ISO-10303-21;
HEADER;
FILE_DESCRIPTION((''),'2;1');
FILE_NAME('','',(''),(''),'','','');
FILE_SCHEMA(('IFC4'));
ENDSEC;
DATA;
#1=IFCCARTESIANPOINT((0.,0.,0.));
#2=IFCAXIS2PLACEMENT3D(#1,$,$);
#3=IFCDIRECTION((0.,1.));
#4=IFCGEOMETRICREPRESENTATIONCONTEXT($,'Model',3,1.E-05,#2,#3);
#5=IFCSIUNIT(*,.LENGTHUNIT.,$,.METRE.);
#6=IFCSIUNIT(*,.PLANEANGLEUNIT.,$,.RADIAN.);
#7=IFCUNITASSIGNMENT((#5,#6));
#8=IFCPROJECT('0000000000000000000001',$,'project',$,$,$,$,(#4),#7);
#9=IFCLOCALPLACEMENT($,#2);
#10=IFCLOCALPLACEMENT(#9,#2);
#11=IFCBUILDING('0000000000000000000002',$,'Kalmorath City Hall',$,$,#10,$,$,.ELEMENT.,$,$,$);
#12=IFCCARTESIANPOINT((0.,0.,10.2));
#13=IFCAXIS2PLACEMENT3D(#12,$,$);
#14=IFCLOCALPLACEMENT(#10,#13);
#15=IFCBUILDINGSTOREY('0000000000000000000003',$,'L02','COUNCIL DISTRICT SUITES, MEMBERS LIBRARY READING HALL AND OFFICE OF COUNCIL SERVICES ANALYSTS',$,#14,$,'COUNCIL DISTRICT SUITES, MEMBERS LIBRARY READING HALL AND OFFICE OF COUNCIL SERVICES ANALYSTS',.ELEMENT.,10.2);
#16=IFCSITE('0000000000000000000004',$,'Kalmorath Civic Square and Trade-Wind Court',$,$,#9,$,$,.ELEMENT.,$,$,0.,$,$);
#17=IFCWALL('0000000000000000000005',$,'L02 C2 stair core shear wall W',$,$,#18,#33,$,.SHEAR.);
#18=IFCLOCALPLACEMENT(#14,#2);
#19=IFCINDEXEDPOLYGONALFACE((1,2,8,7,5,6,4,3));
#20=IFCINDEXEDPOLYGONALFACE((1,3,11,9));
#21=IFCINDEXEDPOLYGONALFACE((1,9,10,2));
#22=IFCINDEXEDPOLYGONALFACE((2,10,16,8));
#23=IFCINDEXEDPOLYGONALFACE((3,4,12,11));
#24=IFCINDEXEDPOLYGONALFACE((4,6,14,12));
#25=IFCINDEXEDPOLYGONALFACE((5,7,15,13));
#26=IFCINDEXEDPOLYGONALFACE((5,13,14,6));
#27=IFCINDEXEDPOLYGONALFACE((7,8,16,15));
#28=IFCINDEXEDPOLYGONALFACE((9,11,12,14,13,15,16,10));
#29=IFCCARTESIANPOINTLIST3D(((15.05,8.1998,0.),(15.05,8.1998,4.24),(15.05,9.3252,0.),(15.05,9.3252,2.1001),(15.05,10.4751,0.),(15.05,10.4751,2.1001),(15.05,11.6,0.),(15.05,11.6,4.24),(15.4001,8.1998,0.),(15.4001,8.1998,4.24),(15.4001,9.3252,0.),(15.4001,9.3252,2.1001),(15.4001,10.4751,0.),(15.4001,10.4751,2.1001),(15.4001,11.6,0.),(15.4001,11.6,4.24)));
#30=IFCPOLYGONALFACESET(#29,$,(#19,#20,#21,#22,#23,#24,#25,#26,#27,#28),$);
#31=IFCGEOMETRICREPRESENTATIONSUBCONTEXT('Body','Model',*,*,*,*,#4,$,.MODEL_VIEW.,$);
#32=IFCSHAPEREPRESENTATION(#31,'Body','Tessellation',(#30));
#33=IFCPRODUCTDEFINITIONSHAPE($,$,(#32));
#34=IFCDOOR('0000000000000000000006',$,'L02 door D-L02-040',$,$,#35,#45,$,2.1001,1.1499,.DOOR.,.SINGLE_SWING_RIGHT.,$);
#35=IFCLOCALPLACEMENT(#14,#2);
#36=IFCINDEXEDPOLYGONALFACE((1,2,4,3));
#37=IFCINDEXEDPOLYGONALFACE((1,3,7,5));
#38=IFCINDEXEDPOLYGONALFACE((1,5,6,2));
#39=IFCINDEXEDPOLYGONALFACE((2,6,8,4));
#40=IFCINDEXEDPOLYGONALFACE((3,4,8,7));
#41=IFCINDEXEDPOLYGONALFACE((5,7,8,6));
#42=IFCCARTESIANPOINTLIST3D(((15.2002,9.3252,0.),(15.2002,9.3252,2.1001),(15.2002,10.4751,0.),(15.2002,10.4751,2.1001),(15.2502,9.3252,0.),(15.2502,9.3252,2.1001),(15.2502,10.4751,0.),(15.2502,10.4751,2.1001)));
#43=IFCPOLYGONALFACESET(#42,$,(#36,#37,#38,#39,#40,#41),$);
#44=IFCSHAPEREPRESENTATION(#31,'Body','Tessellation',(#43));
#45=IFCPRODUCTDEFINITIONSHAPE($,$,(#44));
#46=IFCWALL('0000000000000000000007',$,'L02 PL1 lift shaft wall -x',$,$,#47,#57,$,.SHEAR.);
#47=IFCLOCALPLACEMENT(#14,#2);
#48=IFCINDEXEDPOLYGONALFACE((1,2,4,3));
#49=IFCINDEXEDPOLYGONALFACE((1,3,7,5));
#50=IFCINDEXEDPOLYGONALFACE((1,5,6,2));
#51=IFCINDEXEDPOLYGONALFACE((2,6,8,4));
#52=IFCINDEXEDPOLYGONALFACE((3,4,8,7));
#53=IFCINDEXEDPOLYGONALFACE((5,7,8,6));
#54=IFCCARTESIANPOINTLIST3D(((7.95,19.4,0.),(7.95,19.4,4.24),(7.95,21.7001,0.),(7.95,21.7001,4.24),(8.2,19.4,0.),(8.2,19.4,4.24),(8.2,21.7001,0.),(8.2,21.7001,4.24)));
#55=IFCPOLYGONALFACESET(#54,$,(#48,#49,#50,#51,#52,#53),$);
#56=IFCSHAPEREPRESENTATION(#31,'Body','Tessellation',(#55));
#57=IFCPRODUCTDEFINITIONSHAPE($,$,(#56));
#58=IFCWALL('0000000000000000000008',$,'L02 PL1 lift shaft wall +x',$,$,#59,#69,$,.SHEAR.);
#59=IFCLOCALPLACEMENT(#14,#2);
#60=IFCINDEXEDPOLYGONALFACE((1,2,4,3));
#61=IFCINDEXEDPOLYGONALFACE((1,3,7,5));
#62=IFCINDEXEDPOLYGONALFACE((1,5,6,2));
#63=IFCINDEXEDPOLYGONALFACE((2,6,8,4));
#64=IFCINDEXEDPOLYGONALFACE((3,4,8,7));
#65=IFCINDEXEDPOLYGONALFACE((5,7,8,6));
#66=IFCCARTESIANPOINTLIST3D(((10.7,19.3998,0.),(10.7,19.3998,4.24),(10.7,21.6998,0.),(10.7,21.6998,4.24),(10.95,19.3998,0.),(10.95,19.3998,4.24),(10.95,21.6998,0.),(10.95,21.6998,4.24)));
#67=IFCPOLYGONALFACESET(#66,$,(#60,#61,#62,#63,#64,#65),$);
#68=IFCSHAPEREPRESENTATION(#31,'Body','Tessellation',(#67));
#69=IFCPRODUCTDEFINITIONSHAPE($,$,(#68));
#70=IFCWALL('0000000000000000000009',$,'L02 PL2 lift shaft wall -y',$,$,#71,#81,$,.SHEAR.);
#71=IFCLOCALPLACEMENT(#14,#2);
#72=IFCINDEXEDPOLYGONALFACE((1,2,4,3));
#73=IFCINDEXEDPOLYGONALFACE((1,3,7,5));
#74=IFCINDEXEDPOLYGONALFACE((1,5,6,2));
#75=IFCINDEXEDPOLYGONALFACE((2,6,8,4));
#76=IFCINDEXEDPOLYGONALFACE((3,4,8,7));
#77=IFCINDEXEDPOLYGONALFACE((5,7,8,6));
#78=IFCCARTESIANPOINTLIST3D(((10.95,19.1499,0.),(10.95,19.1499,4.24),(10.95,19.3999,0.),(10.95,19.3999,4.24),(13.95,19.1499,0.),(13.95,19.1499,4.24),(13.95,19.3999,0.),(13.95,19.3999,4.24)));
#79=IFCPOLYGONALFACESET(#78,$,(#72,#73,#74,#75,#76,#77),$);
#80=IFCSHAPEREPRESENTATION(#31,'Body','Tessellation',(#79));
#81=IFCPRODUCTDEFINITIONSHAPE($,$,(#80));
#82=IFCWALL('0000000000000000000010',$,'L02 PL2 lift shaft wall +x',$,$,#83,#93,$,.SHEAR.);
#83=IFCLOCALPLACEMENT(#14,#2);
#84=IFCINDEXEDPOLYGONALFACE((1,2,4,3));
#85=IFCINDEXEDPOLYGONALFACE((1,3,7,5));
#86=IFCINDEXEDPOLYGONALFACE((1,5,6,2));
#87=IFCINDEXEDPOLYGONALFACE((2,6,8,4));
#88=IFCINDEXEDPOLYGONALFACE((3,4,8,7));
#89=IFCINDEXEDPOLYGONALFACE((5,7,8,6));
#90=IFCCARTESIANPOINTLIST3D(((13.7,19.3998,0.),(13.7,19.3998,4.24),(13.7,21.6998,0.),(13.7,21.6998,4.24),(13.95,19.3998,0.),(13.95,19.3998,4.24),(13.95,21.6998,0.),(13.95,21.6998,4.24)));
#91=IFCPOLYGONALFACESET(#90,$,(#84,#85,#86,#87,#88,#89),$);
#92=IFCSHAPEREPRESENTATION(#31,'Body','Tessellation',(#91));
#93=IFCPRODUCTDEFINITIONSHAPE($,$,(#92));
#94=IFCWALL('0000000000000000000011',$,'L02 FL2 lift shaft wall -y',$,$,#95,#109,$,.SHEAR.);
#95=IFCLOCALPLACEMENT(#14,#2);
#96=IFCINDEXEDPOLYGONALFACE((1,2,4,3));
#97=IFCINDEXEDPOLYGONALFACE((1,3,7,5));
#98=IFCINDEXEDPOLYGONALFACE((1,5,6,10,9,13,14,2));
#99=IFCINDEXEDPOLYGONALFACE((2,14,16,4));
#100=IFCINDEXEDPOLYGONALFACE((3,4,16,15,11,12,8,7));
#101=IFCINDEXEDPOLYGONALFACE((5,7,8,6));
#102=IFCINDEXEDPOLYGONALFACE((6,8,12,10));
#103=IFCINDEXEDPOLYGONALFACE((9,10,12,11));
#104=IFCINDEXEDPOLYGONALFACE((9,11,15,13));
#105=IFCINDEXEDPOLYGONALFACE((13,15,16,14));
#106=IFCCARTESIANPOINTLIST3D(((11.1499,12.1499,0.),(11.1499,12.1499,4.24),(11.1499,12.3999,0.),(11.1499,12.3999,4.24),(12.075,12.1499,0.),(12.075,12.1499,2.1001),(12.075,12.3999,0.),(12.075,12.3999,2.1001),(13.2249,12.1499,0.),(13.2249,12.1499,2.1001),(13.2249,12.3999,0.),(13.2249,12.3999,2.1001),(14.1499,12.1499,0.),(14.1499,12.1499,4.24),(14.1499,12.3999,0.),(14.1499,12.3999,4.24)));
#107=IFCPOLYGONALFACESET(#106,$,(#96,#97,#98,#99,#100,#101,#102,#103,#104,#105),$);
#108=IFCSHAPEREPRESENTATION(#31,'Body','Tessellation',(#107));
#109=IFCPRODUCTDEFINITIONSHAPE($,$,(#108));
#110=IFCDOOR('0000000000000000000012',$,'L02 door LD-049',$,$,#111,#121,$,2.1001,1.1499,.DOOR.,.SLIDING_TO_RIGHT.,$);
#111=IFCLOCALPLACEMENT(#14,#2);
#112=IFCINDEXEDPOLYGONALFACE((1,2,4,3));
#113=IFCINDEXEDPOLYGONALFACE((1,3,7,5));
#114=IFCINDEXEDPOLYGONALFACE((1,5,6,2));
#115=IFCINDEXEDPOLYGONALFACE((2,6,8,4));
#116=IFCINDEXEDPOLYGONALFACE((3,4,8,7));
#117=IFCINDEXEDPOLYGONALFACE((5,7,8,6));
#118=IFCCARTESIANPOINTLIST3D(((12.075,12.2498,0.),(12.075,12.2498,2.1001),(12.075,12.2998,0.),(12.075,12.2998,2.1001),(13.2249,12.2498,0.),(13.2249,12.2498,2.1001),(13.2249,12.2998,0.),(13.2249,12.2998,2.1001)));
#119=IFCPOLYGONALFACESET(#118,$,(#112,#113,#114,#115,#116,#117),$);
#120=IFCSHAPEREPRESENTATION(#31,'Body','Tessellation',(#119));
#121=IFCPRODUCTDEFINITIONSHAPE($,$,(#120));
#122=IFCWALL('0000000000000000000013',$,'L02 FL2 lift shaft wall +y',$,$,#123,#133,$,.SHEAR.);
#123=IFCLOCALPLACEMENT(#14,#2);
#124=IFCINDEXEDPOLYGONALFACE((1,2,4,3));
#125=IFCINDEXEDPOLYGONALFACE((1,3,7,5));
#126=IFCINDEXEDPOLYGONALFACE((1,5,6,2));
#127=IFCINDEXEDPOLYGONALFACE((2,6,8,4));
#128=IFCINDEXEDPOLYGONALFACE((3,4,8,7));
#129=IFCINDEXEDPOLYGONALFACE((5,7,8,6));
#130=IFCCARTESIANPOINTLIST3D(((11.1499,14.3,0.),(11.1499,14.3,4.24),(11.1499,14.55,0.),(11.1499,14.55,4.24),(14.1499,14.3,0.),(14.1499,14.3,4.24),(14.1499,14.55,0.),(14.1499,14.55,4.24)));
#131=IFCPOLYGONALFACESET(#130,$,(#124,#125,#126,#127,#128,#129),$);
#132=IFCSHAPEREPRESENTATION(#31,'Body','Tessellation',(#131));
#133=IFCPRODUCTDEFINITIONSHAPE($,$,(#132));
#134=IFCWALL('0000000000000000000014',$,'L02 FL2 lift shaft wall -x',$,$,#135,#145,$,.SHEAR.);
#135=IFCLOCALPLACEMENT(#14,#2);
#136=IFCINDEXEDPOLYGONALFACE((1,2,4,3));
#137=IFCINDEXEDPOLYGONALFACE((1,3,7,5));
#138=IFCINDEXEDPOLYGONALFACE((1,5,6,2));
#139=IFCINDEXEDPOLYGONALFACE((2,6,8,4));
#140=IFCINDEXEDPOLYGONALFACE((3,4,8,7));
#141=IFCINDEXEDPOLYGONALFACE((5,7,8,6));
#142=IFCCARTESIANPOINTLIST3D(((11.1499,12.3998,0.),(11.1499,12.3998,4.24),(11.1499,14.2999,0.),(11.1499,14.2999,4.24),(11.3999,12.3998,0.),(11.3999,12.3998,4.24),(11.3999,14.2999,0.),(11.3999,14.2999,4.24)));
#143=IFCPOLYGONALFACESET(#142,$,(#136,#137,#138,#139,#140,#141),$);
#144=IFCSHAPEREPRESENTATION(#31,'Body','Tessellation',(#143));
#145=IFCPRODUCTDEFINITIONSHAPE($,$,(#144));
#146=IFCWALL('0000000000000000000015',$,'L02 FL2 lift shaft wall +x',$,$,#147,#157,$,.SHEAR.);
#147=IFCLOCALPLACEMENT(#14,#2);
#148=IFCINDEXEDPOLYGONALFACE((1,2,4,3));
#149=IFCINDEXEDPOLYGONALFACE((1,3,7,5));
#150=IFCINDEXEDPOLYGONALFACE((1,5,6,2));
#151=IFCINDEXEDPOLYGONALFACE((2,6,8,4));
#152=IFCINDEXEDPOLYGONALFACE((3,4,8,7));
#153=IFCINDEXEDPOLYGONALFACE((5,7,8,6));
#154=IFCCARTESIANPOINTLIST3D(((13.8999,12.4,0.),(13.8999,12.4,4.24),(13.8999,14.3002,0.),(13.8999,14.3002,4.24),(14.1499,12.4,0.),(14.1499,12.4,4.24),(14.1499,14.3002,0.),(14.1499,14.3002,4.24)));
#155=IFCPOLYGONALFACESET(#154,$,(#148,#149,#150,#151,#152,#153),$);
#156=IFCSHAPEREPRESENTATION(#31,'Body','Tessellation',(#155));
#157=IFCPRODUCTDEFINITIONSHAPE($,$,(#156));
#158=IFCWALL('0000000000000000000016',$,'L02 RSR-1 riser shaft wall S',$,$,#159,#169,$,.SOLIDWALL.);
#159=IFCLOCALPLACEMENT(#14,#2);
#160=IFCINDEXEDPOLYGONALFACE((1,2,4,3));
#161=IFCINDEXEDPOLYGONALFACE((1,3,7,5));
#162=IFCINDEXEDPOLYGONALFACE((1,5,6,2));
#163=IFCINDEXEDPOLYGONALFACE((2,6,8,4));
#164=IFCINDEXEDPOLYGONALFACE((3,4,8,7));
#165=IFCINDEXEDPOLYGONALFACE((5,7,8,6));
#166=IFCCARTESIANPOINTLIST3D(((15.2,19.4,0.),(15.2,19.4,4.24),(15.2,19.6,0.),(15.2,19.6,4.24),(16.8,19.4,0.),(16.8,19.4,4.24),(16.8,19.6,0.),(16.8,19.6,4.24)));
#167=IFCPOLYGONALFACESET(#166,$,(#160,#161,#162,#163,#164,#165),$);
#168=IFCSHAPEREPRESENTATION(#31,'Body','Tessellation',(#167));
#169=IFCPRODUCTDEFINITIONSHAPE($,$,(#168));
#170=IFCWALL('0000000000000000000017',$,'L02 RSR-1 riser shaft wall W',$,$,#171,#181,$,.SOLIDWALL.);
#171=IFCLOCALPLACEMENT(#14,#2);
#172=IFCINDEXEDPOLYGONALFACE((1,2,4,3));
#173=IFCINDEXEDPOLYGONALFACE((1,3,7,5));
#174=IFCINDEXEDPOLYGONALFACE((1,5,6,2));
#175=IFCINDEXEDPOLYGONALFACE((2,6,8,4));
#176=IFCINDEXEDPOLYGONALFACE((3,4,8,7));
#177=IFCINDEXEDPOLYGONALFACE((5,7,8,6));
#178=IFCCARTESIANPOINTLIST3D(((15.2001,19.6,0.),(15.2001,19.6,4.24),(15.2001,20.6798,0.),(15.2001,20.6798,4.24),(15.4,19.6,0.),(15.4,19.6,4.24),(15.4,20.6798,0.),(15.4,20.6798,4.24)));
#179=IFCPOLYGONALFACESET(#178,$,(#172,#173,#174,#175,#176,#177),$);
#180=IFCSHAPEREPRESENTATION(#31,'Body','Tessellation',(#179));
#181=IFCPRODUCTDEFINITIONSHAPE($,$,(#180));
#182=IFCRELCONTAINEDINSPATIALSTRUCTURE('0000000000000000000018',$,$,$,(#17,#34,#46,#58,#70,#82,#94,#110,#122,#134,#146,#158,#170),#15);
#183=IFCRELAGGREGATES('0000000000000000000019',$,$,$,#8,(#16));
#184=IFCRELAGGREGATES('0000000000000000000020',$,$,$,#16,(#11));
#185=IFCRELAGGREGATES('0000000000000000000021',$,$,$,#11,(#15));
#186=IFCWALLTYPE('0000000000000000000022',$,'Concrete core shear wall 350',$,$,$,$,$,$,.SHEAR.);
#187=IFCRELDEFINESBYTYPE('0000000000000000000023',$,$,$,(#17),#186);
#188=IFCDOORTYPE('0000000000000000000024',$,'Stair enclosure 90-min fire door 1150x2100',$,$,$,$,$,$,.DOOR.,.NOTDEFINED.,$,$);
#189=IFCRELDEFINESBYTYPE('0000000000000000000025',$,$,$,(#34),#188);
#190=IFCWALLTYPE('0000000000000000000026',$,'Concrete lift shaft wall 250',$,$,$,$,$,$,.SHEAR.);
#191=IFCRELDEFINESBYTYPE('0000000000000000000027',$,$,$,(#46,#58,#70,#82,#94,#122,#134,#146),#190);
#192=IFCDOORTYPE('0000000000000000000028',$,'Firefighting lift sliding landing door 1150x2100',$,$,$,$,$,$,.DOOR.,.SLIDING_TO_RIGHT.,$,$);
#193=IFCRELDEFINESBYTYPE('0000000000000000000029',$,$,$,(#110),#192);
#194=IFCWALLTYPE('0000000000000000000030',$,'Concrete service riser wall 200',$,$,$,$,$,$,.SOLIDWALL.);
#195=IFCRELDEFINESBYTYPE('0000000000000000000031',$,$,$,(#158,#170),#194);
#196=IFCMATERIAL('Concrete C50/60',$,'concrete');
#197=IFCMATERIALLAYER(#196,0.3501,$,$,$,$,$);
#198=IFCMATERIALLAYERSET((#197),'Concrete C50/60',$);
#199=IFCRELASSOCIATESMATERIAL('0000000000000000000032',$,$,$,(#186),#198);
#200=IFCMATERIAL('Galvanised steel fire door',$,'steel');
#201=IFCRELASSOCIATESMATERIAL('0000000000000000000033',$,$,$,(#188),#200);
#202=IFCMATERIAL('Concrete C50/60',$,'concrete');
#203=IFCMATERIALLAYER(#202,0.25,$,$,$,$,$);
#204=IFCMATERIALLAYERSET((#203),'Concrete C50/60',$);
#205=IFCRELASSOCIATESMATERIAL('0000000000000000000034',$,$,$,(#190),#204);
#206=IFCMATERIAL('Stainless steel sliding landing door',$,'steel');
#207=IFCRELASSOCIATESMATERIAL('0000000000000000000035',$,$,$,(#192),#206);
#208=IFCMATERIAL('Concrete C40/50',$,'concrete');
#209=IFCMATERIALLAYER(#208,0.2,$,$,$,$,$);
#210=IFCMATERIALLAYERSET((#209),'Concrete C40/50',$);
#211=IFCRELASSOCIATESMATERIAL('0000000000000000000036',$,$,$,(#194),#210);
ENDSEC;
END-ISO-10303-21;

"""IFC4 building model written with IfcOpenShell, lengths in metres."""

from ifc_helpers import new_model, si_unit, direction, frame, frame_2d, origin, place, context, subcontext, project, spatial, rectangle, extrude, material, layer, layer_set, type_object, element, fill, save


model = new_model("IFC4")

# Units and contexts
model_context = context("Model", 3, precision=1e-05, world=origin(), true_north=direction((0.0, 1.0)))
body_context = subcontext(model_context, "Body", "Model", "MODEL_VIEW")
ifc_project = project(units=[si_unit("LENGTHUNIT", "METRE"), si_unit("PLANEANGLEUNIT", "RADIAN")], contexts=[model_context])

# Site, building, storey
site_placement = place(None, origin())
site = spatial("IfcSite", under=ifc_project, at=site_placement, Name="Kalmorath Civic Square and Trade-Wind Court", CompositionType="ELEMENT", RefElevation=0.0)
building_placement = place(site_placement, origin())
building = spatial("IfcBuilding", under=site, at=building_placement, Name="Kalmorath City Hall", CompositionType="ELEMENT")
storey_placement = place(building_placement, frame((0.0, 0.0, 10.2)))
storey = spatial("IfcBuildingStorey", under=building, at=storey_placement, Name="L02", Description="COUNCIL DISTRICT SUITES, MEMBERS LIBRARY READING HALL AND OFFICE OF COUNCIL SERVICES ANALYSTS", LongName="COUNCIL DISTRICT SUITES, MEMBERS LIBRARY READING HALL AND OFFICE OF COUNCIL SERVICES ANALYSTS", CompositionType="ELEMENT", Elevation=10.2)

# Wall, opening, door
ifc_material_1 = material(Name="Concrete C50/60", Category="concrete")
ifc_layer_1 = layer(ifc_material_1, 0.3501)
ifc_layer_set_1 = layer_set([ifc_layer_1], Name="Concrete C50/60")
wall_type_1 = type_object("IfcWallType", Name="Concrete core shear wall 350", PredefinedType="SHEAR", material=ifc_layer_set_1)
wall_1_placement = place(storey_placement, frame((15.2251, 11.6001, 0.0), z_axis=(0.0, 0.0, 1.0), x_axis=(0.0, -1.0, 0.0)))
wall_1 = element("IfcWall", 1, at=wall_1_placement, inside=storey, type_object=wall_type_1, Name="L02 C2 stair core shear wall W", PredefinedType="SHEAR", context=body_context, shape_type="SweptSolid", body=[
    extrude(rectangle(XDim=3.4001, YDim=0.3501, at=frame_2d((1.7002, 0.0))), origin(), (0.0, 0.0, 1.0), 4.24),
])
opening_1_placement = place(wall_1_placement, frame((1.125, 0.0, 0.0)))
opening_1 = element("IfcOpeningElement", 2, at=opening_1_placement, cuts=wall_1, PredefinedType="OPENING", context=body_context, shape_type="SweptSolid", body=[
    extrude(rectangle(XDim=1.1499, YDim=2.1001, at=frame_2d((0.575, 1.05))), frame((0.0, 0.1851, 0.0), z_axis=(0.0, -1.0, 0.0), x_axis=(1.0, 0.0, 0.0)), (0.0, 0.0, 1.0), 0.3701),
])
ifc_material_2 = material(Name="Galvanised steel fire door", Category="steel")
door_type_1 = type_object("IfcDoorType", Name="Stair enclosure 90-min fire door 1150x2100", OperationType="NOTDEFINED", PredefinedType="DOOR", material=ifc_material_2)
door_1_placement = place(opening_1_placement, frame((1.1499, 0.0, 0.0), z_axis=(0.0, 0.0, 1.0), x_axis=(-1.0, 0.0, 0.0)))
door_1 = element("IfcDoor", 3, at=door_1_placement, inside=storey, type_object=door_type_1, Name="L02 door D-L02-040", OperationType="SINGLE_SWING_RIGHT", OverallHeight=2.1001, OverallWidth=1.1499, PredefinedType="DOOR", context=body_context, shape_type="SweptSolid", body=[
    extrude(rectangle(XDim=1.1499, YDim=2.1001, at=frame_2d((0.575, 1.05))), frame((0.0, 0.0249, 0.0), z_axis=(0.0, -1.0, 0.0), x_axis=(1.0, 0.0, 0.0)), (0.0, 0.0, 1.0), 0.05),
])
fill(opening_1, door_1)

# Walls
ifc_material_3 = material(Name="Concrete C50/60", Category="concrete")
ifc_layer_2 = layer(ifc_material_3, 0.25)
ifc_layer_set_2 = layer_set([ifc_layer_2], Name="Concrete C50/60")
wall_type_2 = type_object("IfcWallType", Name="Concrete lift shaft wall 250", PredefinedType="SHEAR", material=ifc_layer_set_2)
for number, where, z_axis, x_axis, name in (
    (4, (8.075, 21.7, 0.0), (0.0, 0.0, 1.0), (0.0, -1.0, 0.0), "L02 PL1 lift shaft wall -x"),
    (5, (10.825, 19.3999, 0.0), (0.0, 0.0, 1.0), (0.0, 1.0, 0.0), "L02 PL1 lift shaft wall +x"),
):
    element("IfcWall", number, at=place(storey_placement, frame(where, z_axis=z_axis, x_axis=x_axis)), inside=storey, type_object=wall_type_2, Name=name, PredefinedType="SHEAR", context=body_context, shape_type="SweptSolid", body=[
        extrude(rectangle(XDim=2.3, YDim=0.25, at=frame_2d((1.1499, 0.0))), origin(), (0.0, 0.0, 1.0), 4.24),
    ])
wall_2_placement = place(storey_placement, frame((10.95, 19.2749, 0.0), z_axis=(0.0, 0.0, 1.0), x_axis=(1.0, 0.0, 0.0)))
element("IfcWall", 6, at=wall_2_placement, inside=storey, type_object=wall_type_2, Name="L02 PL2 lift shaft wall -y", PredefinedType="SHEAR", context=body_context, shape_type="SweptSolid", body=[
    extrude(rectangle(XDim=3.0, YDim=0.25, at=frame_2d((1.5, 0.0))), origin(), (0.0, 0.0, 1.0), 4.24),
])
wall_3_placement = place(storey_placement, frame((13.825, 19.3999, 0.0), z_axis=(0.0, 0.0, 1.0), x_axis=(0.0, 1.0, 0.0)))
element("IfcWall", 7, at=wall_3_placement, inside=storey, type_object=wall_type_2, Name="L02 PL2 lift shaft wall +x", PredefinedType="SHEAR", context=body_context, shape_type="SweptSolid", body=[
    extrude(rectangle(XDim=2.3, YDim=0.25, at=frame_2d((1.1499, 0.0))), origin(), (0.0, 0.0, 1.0), 4.24),
])

# Wall, opening, door
wall_4_placement = place(storey_placement, frame((11.1499, 12.2749, 0.0), z_axis=(0.0, 0.0, 1.0), x_axis=(1.0, 0.0, 0.0)))
wall_4 = element("IfcWall", 8, at=wall_4_placement, inside=storey, type_object=wall_type_2, Name="L02 FL2 lift shaft wall -y", PredefinedType="SHEAR", context=body_context, shape_type="SweptSolid", body=[
    extrude(rectangle(XDim=3.0, YDim=0.25, at=frame_2d((1.5, 0.0))), origin(), (0.0, 0.0, 1.0), 4.24),
])
opening_2_placement = place(wall_4_placement, frame((0.925, 0.0, 0.0)))
opening_2 = element("IfcOpeningElement", 9, at=opening_2_placement, cuts=wall_4, PredefinedType="OPENING", context=body_context, shape_type="SweptSolid", body=[
    extrude(rectangle(XDim=1.1499, YDim=2.1001, at=frame_2d((0.575, 1.05))), frame((0.0, 0.135, 0.0), z_axis=(0.0, -1.0, 0.0), x_axis=(1.0, 0.0, 0.0)), (0.0, 0.0, 1.0), 0.27),
])
ifc_material_4 = material(Name="Stainless steel sliding landing door", Category="steel")
door_type_2 = type_object("IfcDoorType", Name="Firefighting lift sliding landing door 1150x2100", OperationType="SLIDING_TO_RIGHT", PredefinedType="DOOR", material=ifc_material_4)
door_2_placement = place(opening_2_placement, origin())
door_2 = element("IfcDoor", 10, at=door_2_placement, inside=storey, type_object=door_type_2, Name="L02 door LD-049", OperationType="SLIDING_TO_RIGHT", OverallHeight=2.1001, OverallWidth=1.1499, PredefinedType="DOOR", context=body_context, shape_type="SweptSolid", body=[
    extrude(rectangle(XDim=1.1499, YDim=2.1001, at=frame_2d((0.575, 1.05))), frame((0.0, 0.0249, 0.0), z_axis=(0.0, -1.0, 0.0), x_axis=(1.0, 0.0, 0.0)), (0.0, 0.0, 1.0), 0.05),
])
fill(opening_2, door_2)

# Walls
wall_5_placement = place(storey_placement, frame((14.1499, 14.425, 0.0), z_axis=(0.0, 0.0, 1.0), x_axis=(-1.0, 0.0, 0.0)))
element("IfcWall", 11, at=wall_5_placement, inside=storey, type_object=wall_type_2, Name="L02 FL2 lift shaft wall +y", PredefinedType="SHEAR", context=body_context, shape_type="SweptSolid", body=[
    extrude(rectangle(XDim=3.0, YDim=0.25, at=frame_2d((1.5, 0.0))), origin(), (0.0, 0.0, 1.0), 4.24),
])
for number, where, z_axis, x_axis, name in (
    (12, (11.2749, 14.3, 0.0), (0.0, 0.0, 1.0), (0.0, -1.0, 0.0), "L02 FL2 lift shaft wall -x"),
    (13, (14.0249, 12.3999, 0.0), (0.0, 0.0, 1.0), (0.0, 1.0, 0.0), "L02 FL2 lift shaft wall +x"),
):
    element("IfcWall", number, at=place(storey_placement, frame(where, z_axis=z_axis, x_axis=x_axis)), inside=storey, type_object=wall_type_2, Name=name, PredefinedType="SHEAR", context=body_context, shape_type="SweptSolid", body=[
        extrude(rectangle(XDim=1.9001, YDim=0.25, at=frame_2d((0.9502, 0.0))), origin(), (0.0, 0.0, 1.0), 4.24),
    ])
ifc_material_5 = material(Name="Concrete C40/50", Category="concrete")
ifc_layer_3 = layer(ifc_material_5, 0.2)
ifc_layer_set_3 = layer_set([ifc_layer_3], Name="Concrete C40/50")
wall_type_3 = type_object("IfcWallType", Name="Concrete service riser wall 200", PredefinedType="SOLIDWALL", material=ifc_layer_set_3)
wall_6_placement = place(storey_placement, frame((15.2, 19.5, 0.0), z_axis=(0.0, 0.0, 1.0), x_axis=(1.0, 0.0, 0.0)))
element("IfcWall", 14, at=wall_6_placement, inside=storey, type_object=wall_type_3, Name="L02 RSR-1 riser shaft wall S", PredefinedType="SOLIDWALL", context=body_context, shape_type="SweptSolid", body=[
    extrude(rectangle(XDim=1.6001, YDim=0.2, at=frame_2d((0.8, 0.0))), origin(), (0.0, 0.0, 1.0), 4.24),
])
wall_7_placement = place(storey_placement, frame((15.3, 20.6799, 0.0), z_axis=(0.0, 0.0, 1.0), x_axis=(0.0, -1.0, 0.0)))
element("IfcWall", 15, at=wall_7_placement, inside=storey, type_object=wall_type_3, Name="L02 RSR-1 riser shaft wall W", PredefinedType="SOLIDWALL", context=body_context, shape_type="SweptSolid", body=[
    extrude(rectangle(XDim=1.0798, YDim=0.2, at=frame_2d((0.54, 0.0))), origin(), (0.0, 0.0, 1.0), 4.24),
])

save(model, "model.ifc")
